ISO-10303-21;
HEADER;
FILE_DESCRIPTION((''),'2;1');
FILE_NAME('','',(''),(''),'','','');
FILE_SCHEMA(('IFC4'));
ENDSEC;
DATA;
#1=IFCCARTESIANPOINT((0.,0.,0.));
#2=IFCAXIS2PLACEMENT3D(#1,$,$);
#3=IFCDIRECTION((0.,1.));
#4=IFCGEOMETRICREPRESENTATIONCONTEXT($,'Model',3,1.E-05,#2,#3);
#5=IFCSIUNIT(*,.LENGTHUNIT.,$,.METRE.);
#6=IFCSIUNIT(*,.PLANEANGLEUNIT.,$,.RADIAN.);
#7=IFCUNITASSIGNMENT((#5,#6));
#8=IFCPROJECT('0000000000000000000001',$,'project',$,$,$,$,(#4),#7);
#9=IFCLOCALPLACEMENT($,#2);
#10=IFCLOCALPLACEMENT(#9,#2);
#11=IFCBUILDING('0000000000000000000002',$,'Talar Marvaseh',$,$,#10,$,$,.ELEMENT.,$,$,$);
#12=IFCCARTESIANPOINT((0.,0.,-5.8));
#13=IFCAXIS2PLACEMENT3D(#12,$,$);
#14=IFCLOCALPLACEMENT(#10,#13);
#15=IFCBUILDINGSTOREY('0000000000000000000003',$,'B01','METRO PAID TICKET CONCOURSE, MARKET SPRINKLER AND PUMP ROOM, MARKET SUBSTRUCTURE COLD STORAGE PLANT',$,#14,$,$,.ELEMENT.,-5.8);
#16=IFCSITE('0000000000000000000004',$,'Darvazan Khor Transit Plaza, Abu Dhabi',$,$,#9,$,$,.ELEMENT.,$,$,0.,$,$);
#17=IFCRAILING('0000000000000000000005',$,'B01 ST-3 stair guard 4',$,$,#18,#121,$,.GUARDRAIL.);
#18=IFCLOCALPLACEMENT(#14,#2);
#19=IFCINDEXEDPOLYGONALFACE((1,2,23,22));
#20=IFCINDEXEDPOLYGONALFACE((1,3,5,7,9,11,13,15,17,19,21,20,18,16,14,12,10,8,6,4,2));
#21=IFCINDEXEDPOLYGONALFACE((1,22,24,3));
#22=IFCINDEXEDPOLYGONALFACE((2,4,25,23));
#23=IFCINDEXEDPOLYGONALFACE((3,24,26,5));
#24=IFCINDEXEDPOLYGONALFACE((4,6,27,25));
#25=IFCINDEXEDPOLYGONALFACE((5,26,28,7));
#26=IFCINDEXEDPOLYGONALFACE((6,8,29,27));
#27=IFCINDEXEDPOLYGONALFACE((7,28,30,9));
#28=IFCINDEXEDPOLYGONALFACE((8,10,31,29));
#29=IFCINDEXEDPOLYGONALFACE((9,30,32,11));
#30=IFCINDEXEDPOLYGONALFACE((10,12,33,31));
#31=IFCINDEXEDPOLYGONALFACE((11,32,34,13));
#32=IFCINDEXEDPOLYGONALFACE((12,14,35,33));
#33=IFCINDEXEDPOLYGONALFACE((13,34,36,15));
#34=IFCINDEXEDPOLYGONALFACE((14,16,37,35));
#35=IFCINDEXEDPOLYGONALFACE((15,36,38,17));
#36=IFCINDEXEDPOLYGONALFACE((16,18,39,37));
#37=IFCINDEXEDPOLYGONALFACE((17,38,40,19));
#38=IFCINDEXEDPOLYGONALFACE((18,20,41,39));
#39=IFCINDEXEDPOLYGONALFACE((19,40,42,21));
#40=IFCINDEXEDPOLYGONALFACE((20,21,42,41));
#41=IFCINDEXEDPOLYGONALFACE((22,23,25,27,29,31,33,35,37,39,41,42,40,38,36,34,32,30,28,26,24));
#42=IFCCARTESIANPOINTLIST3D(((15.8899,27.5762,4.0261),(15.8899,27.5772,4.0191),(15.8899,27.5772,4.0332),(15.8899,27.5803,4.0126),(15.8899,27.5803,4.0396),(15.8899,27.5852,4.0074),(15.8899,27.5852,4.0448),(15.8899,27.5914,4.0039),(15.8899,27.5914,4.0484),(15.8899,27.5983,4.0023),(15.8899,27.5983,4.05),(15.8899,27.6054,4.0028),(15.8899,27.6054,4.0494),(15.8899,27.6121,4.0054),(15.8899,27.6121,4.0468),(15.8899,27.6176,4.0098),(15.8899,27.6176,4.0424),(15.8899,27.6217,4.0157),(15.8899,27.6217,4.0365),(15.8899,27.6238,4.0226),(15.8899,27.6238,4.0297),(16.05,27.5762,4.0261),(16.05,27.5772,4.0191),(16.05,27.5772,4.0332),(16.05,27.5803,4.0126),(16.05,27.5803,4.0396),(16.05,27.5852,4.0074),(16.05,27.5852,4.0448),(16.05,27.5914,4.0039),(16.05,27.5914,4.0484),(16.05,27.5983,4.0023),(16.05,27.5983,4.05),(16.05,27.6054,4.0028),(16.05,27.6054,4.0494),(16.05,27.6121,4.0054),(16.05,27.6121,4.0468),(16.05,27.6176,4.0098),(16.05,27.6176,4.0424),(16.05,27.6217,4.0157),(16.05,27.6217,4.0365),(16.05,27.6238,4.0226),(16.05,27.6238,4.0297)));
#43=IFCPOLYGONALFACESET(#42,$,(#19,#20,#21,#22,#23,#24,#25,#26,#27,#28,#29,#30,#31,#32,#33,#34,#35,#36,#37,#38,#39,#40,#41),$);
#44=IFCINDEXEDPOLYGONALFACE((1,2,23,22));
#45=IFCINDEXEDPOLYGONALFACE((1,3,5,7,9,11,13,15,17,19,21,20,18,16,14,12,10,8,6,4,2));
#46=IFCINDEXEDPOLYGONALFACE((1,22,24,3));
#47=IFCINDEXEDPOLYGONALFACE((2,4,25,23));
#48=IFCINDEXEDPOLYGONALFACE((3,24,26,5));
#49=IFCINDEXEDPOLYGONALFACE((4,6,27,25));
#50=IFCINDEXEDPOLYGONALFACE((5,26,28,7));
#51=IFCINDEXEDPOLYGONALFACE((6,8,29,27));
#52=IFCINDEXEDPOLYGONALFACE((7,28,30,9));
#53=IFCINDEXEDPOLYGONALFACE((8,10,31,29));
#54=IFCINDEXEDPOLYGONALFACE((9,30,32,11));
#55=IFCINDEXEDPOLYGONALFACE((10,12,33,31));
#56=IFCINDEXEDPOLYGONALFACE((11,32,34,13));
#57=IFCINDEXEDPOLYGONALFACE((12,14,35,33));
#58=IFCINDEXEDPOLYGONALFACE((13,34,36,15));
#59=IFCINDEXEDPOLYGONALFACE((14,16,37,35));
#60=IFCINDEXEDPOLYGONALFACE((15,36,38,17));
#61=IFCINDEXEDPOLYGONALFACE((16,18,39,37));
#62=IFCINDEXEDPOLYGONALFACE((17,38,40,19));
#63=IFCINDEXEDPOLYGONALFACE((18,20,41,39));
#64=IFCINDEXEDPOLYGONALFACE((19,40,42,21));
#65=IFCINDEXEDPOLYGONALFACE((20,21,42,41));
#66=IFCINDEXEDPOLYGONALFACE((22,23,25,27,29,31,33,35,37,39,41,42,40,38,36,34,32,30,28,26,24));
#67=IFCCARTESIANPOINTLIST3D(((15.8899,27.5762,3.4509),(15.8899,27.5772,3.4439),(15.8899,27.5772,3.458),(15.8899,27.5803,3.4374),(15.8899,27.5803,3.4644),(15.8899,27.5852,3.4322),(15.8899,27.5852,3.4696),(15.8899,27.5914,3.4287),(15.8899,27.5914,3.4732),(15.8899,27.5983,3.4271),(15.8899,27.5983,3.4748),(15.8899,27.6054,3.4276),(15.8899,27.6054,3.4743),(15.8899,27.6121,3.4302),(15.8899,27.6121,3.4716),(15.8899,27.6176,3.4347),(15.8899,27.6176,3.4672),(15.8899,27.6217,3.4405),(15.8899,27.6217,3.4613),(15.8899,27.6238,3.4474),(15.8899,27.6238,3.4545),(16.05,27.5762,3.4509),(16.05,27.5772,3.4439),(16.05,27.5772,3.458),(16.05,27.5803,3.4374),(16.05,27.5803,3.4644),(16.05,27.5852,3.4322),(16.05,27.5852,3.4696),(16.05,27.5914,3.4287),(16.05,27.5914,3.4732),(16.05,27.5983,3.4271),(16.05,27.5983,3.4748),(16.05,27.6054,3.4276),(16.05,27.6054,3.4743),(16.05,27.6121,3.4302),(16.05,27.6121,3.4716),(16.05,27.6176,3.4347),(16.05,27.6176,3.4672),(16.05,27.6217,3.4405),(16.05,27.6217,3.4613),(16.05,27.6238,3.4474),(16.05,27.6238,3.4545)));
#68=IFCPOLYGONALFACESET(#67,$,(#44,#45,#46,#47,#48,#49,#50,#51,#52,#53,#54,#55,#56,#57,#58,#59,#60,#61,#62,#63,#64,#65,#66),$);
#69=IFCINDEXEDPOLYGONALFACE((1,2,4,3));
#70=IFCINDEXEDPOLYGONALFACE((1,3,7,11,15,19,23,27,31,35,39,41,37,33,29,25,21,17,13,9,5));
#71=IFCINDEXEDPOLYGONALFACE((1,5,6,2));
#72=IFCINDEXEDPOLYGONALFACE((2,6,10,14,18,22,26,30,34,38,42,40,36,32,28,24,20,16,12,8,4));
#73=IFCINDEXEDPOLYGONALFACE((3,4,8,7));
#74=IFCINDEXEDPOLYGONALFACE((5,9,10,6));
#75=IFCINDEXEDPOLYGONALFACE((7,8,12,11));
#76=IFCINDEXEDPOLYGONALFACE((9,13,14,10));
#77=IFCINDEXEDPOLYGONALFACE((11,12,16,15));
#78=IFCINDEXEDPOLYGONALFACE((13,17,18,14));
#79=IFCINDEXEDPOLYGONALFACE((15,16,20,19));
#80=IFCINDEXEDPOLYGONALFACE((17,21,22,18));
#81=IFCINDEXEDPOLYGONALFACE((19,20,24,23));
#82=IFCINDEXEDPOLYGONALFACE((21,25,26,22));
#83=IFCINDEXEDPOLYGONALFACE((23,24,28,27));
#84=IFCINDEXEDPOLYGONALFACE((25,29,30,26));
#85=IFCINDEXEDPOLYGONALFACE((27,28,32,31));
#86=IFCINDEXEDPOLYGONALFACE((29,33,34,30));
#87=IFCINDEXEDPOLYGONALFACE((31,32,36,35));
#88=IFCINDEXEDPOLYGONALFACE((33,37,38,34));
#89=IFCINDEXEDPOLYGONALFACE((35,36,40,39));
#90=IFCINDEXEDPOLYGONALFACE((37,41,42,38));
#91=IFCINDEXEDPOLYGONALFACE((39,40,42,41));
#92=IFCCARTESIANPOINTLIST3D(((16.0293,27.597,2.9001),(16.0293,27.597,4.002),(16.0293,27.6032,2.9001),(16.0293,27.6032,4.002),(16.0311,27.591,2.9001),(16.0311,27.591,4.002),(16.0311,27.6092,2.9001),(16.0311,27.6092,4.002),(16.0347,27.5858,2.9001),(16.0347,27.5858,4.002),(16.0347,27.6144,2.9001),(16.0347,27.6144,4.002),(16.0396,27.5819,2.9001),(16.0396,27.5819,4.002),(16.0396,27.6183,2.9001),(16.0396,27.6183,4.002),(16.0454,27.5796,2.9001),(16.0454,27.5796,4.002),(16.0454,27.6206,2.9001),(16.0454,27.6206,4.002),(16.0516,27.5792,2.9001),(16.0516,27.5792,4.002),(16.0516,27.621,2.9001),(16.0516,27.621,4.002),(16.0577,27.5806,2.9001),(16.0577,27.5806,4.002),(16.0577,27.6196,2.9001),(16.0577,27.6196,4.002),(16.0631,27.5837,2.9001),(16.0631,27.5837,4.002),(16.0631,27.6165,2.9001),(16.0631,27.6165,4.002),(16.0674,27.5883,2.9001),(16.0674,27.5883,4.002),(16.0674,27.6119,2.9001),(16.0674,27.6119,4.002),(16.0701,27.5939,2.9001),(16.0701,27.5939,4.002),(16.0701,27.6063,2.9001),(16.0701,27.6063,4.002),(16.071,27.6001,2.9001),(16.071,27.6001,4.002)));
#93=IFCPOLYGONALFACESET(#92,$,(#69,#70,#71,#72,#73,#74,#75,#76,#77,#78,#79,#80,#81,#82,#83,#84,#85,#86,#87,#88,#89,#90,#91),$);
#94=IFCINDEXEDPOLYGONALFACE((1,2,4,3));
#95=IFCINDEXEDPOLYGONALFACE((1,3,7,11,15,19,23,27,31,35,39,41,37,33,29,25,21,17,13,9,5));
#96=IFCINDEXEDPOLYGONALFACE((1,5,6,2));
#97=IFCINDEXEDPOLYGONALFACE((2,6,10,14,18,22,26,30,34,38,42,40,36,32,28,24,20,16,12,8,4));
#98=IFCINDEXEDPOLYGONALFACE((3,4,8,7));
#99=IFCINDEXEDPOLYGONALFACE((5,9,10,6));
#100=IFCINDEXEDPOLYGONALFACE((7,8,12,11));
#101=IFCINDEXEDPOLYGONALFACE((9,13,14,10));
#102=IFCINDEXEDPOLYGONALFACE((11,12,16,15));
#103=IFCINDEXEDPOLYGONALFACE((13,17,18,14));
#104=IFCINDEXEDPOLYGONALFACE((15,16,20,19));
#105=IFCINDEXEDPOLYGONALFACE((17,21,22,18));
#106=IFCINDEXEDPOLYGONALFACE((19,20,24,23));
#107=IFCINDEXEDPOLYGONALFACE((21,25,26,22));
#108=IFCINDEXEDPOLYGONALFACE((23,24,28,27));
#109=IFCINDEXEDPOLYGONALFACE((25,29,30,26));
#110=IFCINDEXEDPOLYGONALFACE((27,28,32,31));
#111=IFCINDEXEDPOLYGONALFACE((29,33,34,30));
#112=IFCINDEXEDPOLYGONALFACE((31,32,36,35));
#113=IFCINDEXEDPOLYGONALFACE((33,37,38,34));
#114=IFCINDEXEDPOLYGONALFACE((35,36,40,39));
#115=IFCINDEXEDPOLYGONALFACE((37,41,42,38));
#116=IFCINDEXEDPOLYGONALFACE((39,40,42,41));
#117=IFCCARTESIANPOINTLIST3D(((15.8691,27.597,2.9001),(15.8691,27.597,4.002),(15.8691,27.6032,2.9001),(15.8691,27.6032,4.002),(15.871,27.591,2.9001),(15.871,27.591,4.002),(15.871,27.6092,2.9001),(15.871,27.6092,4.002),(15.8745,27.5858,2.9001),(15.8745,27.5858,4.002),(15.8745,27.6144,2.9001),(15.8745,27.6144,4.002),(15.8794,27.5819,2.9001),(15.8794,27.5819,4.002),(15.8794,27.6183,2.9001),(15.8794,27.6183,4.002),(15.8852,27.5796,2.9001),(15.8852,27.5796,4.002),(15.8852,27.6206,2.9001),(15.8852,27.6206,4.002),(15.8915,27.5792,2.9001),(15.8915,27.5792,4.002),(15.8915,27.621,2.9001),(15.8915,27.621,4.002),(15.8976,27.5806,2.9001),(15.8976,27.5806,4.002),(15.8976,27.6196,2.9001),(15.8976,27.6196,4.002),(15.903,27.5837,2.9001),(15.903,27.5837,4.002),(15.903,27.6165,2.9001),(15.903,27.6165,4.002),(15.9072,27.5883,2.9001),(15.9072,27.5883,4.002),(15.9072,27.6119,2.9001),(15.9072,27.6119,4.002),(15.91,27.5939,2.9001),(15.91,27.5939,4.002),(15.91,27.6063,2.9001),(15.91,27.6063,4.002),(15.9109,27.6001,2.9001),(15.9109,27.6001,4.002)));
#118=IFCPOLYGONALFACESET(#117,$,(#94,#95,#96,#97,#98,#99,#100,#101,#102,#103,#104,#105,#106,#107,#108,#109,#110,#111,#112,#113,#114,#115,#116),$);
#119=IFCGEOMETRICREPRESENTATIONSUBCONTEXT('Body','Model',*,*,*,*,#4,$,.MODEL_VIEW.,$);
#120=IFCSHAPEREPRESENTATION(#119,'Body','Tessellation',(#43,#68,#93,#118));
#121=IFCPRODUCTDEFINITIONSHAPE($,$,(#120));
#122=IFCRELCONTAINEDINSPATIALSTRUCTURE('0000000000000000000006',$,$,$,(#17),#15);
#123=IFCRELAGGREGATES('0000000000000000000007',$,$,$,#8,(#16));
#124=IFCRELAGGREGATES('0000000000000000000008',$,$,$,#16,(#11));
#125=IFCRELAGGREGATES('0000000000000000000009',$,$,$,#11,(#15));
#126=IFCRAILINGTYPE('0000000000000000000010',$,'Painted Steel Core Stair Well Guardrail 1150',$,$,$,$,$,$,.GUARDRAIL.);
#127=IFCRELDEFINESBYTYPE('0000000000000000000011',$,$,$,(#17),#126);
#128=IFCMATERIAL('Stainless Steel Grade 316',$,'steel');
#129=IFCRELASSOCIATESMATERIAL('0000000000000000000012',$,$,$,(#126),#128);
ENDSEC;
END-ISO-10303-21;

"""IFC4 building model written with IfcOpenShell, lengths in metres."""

from ifc_helpers import new_model, si_unit, direction, frame, origin, origin_2d, place, context, subcontext, project, spatial, circle, extrude, material, type_object, element, save


model = new_model("IFC4")

# Units and contexts
model_context = context("Model", 3, precision=1e-05, world=origin(), true_north=direction((0.0, 1.0)))
body_context = subcontext(model_context, "Body", "Model", "MODEL_VIEW")
ifc_project = project(units=[si_unit("LENGTHUNIT", "METRE"), si_unit("PLANEANGLEUNIT", "RADIAN")], contexts=[model_context])

# Site, building, storey
site_placement = place(None, origin())
site = spatial("IfcSite", under=ifc_project, at=site_placement, Name="Darvazan Khor Transit Plaza, Abu Dhabi", CompositionType="ELEMENT", RefElevation=0.0)
building_placement = place(site_placement, origin())
building = spatial("IfcBuilding", under=site, at=building_placement, Name="Talar Marvaseh", CompositionType="ELEMENT")
storey_placement = place(building_placement, frame((0.0, 0.0, -5.8)))
storey = spatial("IfcBuildingStorey", under=building, at=storey_placement, Name="B01", Description="METRO PAID TICKET CONCOURSE, MARKET SPRINKLER AND PUMP ROOM, MARKET SUBSTRUCTURE COLD STORAGE PLANT", CompositionType="ELEMENT", Elevation=-5.8)

# Railing
ifc_material_1 = material(Name="Stainless Steel Grade 316", Category="steel")
railing_type_1 = type_object("IfcRailingType", Name="Painted Steel Core Stair Well Guardrail 1150", PredefinedType="GUARDRAIL", material=ifc_material_1)
railing_1_placement = place(storey_placement, frame((16.05, 27.6001, 2.9001)))
element("IfcRailing", 1, at=railing_1_placement, inside=storey, type_object=railing_type_1, Name="B01 ST-3 stair guard 4", PredefinedType="GUARDRAIL", context=body_context, shape_type="SweptSolid", body=[
    extrude(circle(Radius=0.0239, at=origin_2d()), frame((0.0, 0.0, 1.126), z_axis=(-1.0, 0.0, 0.0), x_axis=(0.0, -1.0, 0.0)), (0.0, 0.0, 1.0), 0.1602),
    extrude(circle(Radius=0.0239, at=origin_2d()), frame((0.0, 0.0, 0.5508), z_axis=(-1.0, 0.0, 0.0), x_axis=(0.0, -1.0, 0.0)), (0.0, 0.0, 1.0), 0.1602),
    extrude(circle(Radius=0.021, at=origin_2d()), origin(), (0.0, 0.0, 1.0), 1.1018),
    extrude(circle(Radius=0.021, at=origin_2d()), frame((-0.1602, 0.0, 0.0)), (0.0, 0.0, 1.0), 1.1018),
])

save(model, "model.ifc")
